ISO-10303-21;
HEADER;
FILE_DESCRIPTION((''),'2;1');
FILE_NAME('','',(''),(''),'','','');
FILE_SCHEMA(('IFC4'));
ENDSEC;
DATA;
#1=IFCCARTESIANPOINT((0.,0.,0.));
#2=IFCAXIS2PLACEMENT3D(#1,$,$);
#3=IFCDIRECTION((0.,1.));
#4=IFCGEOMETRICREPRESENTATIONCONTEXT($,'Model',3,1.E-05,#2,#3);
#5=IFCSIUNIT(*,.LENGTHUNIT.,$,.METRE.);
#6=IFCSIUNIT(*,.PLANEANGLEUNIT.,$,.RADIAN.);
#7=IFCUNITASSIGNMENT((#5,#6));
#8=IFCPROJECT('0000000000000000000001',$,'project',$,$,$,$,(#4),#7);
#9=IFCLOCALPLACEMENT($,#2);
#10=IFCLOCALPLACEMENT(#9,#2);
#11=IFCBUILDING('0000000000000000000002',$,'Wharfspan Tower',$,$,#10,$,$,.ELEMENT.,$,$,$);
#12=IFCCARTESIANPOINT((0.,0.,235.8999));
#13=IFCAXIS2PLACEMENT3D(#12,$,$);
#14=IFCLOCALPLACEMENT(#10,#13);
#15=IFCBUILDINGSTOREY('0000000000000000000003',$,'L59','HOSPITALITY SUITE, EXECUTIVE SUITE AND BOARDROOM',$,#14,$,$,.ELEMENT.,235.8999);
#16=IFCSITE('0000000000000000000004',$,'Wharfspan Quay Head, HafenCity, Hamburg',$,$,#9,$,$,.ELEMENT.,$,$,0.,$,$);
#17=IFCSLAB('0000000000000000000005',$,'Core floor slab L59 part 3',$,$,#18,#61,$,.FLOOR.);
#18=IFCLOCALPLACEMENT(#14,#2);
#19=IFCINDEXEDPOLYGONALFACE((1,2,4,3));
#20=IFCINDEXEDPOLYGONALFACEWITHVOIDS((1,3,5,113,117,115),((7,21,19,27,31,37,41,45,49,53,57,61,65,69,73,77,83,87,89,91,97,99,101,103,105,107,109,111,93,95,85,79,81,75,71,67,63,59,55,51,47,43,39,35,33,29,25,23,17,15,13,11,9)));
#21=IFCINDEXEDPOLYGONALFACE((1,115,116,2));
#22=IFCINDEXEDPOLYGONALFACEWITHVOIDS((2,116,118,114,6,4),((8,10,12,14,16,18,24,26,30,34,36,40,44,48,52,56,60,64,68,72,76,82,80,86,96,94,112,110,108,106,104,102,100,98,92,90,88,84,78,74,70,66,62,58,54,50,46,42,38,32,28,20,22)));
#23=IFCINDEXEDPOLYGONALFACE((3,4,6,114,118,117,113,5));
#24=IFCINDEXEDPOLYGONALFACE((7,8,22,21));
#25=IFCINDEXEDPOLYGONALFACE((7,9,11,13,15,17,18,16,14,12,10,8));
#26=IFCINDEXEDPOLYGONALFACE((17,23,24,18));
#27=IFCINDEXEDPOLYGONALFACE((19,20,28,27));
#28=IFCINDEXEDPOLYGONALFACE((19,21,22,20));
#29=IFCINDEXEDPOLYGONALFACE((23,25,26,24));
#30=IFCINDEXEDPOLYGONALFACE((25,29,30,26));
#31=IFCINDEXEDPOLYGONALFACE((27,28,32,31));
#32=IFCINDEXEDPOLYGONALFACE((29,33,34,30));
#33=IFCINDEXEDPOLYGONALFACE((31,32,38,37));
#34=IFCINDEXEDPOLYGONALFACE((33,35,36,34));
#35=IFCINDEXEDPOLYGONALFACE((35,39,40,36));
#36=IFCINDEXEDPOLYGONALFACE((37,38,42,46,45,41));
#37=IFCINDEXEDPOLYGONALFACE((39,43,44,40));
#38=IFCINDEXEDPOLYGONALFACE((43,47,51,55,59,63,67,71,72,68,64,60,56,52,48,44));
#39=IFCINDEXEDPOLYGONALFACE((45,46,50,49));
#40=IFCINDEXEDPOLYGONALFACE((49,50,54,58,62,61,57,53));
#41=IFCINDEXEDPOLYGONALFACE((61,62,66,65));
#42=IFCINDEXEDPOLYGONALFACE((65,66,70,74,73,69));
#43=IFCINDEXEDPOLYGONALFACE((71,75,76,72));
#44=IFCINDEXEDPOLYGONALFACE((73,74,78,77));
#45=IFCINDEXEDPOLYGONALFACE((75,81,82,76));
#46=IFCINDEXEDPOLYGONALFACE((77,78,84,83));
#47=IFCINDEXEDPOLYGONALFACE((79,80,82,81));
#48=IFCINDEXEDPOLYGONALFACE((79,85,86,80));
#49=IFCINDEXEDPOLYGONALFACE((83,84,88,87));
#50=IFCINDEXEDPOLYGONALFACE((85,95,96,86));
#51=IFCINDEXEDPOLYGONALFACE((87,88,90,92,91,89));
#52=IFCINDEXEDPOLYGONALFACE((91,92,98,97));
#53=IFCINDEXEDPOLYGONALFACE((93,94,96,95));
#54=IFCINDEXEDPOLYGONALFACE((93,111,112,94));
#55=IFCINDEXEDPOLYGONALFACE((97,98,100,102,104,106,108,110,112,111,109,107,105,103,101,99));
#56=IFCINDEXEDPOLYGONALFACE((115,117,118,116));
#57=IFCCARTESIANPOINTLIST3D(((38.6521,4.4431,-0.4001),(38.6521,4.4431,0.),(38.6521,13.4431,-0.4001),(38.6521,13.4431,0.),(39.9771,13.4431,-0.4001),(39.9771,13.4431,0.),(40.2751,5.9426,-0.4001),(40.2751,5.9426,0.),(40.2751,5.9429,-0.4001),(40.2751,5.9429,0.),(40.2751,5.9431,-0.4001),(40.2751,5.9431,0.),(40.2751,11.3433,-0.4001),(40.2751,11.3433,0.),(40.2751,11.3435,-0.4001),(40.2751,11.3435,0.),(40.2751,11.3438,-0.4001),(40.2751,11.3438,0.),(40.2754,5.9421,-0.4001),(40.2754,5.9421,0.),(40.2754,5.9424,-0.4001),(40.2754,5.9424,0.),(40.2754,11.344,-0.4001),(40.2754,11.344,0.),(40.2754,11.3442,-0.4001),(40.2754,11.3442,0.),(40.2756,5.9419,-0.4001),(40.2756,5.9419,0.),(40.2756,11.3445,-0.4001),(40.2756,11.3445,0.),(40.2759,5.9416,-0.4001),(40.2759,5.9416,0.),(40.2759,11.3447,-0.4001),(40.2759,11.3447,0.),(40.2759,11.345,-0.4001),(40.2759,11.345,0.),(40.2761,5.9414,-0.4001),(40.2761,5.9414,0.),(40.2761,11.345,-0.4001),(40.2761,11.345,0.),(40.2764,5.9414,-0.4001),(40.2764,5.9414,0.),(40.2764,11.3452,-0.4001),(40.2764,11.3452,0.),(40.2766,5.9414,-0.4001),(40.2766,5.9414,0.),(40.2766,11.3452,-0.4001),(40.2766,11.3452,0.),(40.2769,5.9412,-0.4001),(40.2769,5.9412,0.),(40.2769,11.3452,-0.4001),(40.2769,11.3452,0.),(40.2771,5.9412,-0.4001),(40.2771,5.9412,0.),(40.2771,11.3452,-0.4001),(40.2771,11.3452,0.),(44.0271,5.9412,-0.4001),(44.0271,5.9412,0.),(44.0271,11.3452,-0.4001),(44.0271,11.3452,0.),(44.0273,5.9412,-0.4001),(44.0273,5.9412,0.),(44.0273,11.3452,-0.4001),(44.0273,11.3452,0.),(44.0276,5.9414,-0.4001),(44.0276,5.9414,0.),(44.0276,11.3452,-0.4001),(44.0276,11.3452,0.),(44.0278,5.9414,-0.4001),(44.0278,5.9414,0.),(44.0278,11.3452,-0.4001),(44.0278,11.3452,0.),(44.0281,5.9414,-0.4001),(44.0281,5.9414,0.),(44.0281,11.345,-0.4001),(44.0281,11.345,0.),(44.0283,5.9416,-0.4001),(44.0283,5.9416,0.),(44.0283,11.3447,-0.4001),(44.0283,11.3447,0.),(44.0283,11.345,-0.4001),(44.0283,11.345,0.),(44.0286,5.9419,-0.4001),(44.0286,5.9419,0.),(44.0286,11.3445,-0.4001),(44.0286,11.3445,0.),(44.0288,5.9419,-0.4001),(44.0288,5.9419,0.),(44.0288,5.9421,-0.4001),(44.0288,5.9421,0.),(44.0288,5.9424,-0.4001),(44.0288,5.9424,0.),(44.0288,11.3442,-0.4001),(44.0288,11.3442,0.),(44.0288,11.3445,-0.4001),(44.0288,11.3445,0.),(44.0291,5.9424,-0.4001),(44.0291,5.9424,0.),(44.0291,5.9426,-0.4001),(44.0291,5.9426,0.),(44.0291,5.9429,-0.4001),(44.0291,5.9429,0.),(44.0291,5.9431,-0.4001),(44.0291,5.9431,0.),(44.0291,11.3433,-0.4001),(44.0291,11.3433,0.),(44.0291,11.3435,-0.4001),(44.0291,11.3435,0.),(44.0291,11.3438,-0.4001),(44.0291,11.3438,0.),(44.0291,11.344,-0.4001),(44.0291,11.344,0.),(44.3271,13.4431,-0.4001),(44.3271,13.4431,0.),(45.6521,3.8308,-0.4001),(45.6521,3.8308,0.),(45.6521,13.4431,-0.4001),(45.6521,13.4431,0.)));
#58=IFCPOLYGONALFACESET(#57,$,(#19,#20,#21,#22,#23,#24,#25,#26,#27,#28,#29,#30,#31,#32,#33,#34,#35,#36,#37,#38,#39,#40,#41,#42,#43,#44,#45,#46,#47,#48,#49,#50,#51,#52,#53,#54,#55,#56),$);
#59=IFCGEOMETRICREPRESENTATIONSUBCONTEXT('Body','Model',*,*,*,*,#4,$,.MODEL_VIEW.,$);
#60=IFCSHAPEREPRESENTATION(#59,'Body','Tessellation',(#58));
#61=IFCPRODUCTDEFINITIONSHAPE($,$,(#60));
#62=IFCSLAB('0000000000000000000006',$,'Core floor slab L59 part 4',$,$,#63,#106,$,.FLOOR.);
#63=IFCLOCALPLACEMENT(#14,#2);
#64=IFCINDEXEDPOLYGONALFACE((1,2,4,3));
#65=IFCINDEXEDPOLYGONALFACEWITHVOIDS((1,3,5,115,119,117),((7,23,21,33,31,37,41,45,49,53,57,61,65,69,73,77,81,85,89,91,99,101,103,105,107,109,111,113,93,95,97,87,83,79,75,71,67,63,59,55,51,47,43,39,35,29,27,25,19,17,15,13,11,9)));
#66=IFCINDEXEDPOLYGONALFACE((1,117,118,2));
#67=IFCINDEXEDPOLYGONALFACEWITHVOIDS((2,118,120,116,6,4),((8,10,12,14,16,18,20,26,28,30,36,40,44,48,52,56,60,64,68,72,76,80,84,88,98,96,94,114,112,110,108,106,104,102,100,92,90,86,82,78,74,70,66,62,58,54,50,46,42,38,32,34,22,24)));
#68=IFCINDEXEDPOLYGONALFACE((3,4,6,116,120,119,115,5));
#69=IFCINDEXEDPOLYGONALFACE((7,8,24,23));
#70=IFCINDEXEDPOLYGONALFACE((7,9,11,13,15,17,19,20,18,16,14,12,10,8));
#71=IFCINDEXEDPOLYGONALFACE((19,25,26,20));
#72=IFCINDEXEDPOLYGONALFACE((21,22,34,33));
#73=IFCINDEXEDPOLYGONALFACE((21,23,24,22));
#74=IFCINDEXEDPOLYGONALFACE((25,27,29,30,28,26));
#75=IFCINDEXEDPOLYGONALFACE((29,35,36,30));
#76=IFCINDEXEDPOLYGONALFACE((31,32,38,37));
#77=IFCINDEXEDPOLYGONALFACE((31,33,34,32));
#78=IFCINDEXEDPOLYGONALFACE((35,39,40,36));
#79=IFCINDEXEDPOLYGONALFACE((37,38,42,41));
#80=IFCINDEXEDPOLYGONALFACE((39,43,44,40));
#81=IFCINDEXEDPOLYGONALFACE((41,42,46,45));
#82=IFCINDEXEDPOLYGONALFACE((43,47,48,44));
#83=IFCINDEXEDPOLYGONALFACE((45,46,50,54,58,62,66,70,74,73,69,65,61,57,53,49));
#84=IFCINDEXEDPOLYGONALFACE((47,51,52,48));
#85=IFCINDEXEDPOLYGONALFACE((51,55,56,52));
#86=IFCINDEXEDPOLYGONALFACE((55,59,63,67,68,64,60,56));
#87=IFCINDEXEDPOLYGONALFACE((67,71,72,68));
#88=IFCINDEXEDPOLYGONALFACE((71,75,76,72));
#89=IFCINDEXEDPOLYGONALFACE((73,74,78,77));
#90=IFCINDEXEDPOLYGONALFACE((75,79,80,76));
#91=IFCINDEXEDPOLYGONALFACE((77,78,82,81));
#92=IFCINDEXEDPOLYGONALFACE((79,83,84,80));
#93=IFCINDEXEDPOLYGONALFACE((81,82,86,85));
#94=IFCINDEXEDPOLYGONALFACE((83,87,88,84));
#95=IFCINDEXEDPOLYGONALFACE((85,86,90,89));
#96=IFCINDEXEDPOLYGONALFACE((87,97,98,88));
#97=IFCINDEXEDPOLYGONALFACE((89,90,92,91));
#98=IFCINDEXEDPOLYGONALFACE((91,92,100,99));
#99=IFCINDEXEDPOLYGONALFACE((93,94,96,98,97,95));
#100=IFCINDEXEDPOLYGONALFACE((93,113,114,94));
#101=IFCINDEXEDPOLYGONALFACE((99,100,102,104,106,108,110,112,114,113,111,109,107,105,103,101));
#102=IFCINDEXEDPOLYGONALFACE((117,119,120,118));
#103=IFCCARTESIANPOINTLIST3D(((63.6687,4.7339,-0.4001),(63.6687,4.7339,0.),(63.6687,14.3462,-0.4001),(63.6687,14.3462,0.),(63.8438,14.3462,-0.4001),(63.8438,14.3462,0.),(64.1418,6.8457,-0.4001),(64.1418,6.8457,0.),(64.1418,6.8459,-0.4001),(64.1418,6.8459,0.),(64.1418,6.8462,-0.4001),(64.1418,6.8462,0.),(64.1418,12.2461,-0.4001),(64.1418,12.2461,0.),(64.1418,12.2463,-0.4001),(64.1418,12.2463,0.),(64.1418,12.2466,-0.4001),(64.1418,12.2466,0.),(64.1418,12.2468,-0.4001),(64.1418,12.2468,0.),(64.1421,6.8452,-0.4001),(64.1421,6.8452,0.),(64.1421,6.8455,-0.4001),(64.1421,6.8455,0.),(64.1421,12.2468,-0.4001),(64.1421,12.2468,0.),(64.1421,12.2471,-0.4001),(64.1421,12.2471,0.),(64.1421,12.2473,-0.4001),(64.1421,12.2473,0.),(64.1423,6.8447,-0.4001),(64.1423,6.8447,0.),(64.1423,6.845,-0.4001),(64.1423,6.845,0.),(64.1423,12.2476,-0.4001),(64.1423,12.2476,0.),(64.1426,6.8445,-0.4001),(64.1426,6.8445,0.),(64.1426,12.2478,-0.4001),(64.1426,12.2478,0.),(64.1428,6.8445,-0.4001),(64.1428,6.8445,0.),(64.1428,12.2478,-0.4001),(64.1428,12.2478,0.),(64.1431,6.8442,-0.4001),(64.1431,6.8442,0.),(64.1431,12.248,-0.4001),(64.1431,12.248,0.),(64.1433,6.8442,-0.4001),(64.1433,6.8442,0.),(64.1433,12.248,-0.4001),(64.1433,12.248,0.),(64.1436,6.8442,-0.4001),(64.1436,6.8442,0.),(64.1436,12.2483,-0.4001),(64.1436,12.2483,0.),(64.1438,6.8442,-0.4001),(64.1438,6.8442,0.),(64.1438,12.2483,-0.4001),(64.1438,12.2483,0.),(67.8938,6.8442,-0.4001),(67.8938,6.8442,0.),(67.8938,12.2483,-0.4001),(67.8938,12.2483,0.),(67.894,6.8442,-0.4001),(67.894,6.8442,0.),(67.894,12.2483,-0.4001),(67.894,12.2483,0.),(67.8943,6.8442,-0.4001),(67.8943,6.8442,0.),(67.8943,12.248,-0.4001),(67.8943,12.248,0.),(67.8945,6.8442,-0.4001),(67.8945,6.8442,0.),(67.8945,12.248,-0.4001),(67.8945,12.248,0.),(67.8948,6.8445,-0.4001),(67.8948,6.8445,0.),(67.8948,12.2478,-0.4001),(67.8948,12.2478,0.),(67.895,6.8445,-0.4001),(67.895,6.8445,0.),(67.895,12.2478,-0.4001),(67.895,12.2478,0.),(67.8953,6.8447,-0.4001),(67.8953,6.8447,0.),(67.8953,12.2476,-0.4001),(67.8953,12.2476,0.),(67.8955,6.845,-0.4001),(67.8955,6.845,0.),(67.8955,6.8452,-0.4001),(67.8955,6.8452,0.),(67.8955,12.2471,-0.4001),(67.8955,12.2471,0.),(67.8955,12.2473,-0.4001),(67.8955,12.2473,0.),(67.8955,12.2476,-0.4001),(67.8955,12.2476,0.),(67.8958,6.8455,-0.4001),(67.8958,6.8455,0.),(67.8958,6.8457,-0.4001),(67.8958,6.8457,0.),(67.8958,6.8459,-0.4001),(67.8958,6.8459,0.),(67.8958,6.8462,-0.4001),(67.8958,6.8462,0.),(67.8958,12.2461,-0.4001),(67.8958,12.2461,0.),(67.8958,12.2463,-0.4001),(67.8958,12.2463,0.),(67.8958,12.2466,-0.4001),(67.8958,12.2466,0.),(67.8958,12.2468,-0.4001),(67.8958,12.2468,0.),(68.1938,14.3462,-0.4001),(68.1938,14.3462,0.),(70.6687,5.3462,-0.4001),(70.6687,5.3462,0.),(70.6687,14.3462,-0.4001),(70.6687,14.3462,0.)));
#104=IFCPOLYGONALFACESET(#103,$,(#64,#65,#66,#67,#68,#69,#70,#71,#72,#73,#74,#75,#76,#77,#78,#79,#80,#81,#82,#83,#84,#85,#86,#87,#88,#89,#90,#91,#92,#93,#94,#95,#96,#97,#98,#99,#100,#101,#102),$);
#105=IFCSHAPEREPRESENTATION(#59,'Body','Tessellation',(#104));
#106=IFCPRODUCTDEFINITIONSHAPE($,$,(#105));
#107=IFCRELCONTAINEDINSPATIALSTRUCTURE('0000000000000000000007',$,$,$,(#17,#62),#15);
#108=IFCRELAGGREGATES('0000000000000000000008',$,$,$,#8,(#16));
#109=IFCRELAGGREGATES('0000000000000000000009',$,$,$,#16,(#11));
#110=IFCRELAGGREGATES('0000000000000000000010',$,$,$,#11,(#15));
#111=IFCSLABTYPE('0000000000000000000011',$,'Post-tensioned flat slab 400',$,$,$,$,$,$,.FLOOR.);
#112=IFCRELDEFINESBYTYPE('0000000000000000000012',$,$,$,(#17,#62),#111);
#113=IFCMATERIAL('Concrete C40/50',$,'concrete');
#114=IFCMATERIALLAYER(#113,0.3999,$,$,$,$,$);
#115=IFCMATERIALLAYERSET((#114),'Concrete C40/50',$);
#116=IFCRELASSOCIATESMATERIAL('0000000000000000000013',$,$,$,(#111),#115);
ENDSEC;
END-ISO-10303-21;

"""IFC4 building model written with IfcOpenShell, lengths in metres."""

from ifc_helpers import new_model, si_unit, direction, frame, origin, place, context, subcontext, project, spatial, polyline, outline, extrude, material, layer, layer_set, type_object, element, save


model = new_model("IFC4")

# Units and contexts
model_context = context("Model", 3, precision=1e-05, world=origin(), true_north=direction((0.0, 1.0)))
body_context = subcontext(model_context, "Body", "Model", "MODEL_VIEW")
ifc_project = project(units=[si_unit("LENGTHUNIT", "METRE"), si_unit("PLANEANGLEUNIT", "RADIAN")], contexts=[model_context])

# Site, building, storey
site_placement = place(None, origin())
site = spatial("IfcSite", under=ifc_project, at=site_placement, Name="Wharfspan Quay Head, HafenCity, Hamburg", CompositionType="ELEMENT", RefElevation=0.0)
building_placement = place(site_placement, origin())
building = spatial("IfcBuilding", under=site, at=building_placement, Name="Wharfspan Tower", CompositionType="ELEMENT")
storey_placement = place(building_placement, frame((0.0, 0.0, 235.8999)))
storey = spatial("IfcBuildingStorey", under=building, at=storey_placement, Name="L59", Description="HOSPITALITY SUITE, EXECUTIVE SUITE AND BOARDROOM", CompositionType="ELEMENT", Elevation=235.8999)

# Slabs
ifc_material_1 = material(Name="Concrete C40/50", Category="concrete")
ifc_layer_1 = layer(ifc_material_1, 0.3999)
ifc_layer_set_1 = layer_set([ifc_layer_1], Name="Concrete C40/50")
slab_type_1 = type_object("IfcSlabType", Name="Post-tensioned flat slab 400", PredefinedType="FLOOR", material=ifc_layer_set_1)
slab_1_placement = place(storey_placement, frame((0.0, 0.0, -0.4001)))
element("IfcSlab", 1, at=slab_1_placement, inside=storey, type_object=slab_type_1, Name="Core floor slab L59 part 3", PredefinedType="FLOOR", context=body_context, shape_type="SweptSolid", body=[
    extrude(outline(polyline([(44.3271, 13.4431), (39.9771, 13.4431), (38.6521, 13.4431), (38.6521, 4.4431), (45.6521, 3.8308), (45.6521, 13.4431), (44.3271, 13.4431)]), holes=[polyline([(40.2751, 11.3433), (40.2751, 11.3435), (40.2751, 11.3435), (40.2751, 11.3438), (40.2754, 11.344), (40.2754, 11.3442), (40.2754, 11.3442), (40.2756, 11.3445), (40.2756, 11.3445), (40.2759, 11.3447), (40.2759, 11.345), (40.2761, 11.345), (40.2764, 11.3452), (40.2766, 11.3452), (40.2766, 11.3452), (40.2769, 11.3452), (40.2771, 11.3452), (44.0271, 11.3452), (44.0273, 11.3452), (44.0276, 11.3452), (44.0276, 11.3452), (44.0278, 11.3452), (44.0281, 11.345), (44.0283, 11.345), (44.0283, 11.3447), (44.0286, 11.3445), (44.0288, 11.3445), (44.0288, 11.3442), (44.0288, 11.3442), (44.0291, 11.344), (44.0291, 11.3438), (44.0291, 11.3435), (44.0291, 11.3435), (44.0291, 11.3433), (44.0291, 5.9431), (44.0291, 5.9431), (44.0291, 5.9429), (44.0291, 5.9426), (44.0291, 5.9424), (44.0288, 5.9424), (44.0288, 5.9421), (44.0288, 5.9419), (44.0286, 5.9419), (44.0283, 5.9417), (44.0283, 5.9417), (44.0281, 5.9414), (44.0278, 5.9414), (44.0276, 5.9414), (44.0276, 5.9414), (44.0273, 5.9412), (44.0271, 5.9412), (40.2771, 5.9412), (40.2769, 5.9412), (40.2766, 5.9414), (40.2766, 5.9414), (40.2764, 5.9414), (40.2761, 5.9414), (40.2759, 5.9417), (40.2759, 5.9417), (40.2756, 5.9419), (40.2756, 5.9419), (40.2754, 5.9421), (40.2754, 5.9424), (40.2754, 5.9424), (40.2751, 5.9426), (40.2751, 5.9429), (40.2751, 5.9431), (40.2751, 5.9431), (40.2751, 11.3433)])]), origin(), (0.0, 0.0, 1.0), 0.4001),
])
slab_2_placement = place(storey_placement, frame((0.0, 0.0, -0.4001)))
element("IfcSlab", 2, at=slab_2_placement, inside=storey, type_object=slab_type_1, Name="Core floor slab L59 part 4", PredefinedType="FLOOR", context=body_context, shape_type="SweptSolid", body=[
    extrude(outline(polyline([(70.6687, 14.3462), (68.1938, 14.3462), (63.8438, 14.3462), (63.6687, 14.3462), (63.6687, 4.7339), (70.6687, 5.3462), (70.6687, 14.3462)]), holes=[polyline([(64.1418, 12.2461), (64.1418, 12.2463), (64.1418, 12.2466), (64.1418, 12.2468), (64.1421, 12.2468), (64.1421, 12.2471), (64.1421, 12.2473), (64.1423, 12.2476), (64.1423, 12.2476), (64.1426, 12.2478), (64.1426, 12.2478), (64.1428, 12.2478), (64.1431, 12.248), (64.1433, 12.248), (64.1433, 12.248), (64.1436, 12.2483), (64.1438, 12.2483), (67.8938, 12.2483), (67.894, 12.2483), (67.8943, 12.248), (67.8943, 12.248), (67.8945, 12.248), (67.8948, 12.2478), (67.895, 12.2478), (67.895, 12.2478), (67.8953, 12.2476), (67.8955, 12.2476), (67.8955, 12.2473), (67.8955, 12.2471), (67.8958, 12.2468), (67.8958, 12.2468), (67.8958, 12.2466), (67.8958, 12.2463), (67.8958, 12.2461), (67.8958, 6.8462), (67.8958, 6.8459), (67.8958, 6.8457), (67.8958, 6.8457), (67.8958, 6.8455), (67.8955, 6.8452), (67.8955, 6.8452), (67.8955, 6.845), (67.8953, 6.8447), (67.895, 6.8445), (67.895, 6.8445), (67.8948, 6.8445), (67.8945, 6.8442), (67.8943, 6.8442), (67.8943, 6.8442), (67.894, 6.8442), (67.8938, 6.8442), (64.1438, 6.8442), (64.1436, 6.8442), (64.1433, 6.8442), (64.1433, 6.8442), (64.1431, 6.8442), (64.1428, 6.8445), (64.1426, 6.8445), (64.1426, 6.8445), (64.1423, 6.8447), (64.1423, 6.845), (64.1421, 6.8452), (64.1421, 6.8452), (64.1421, 6.8455), (64.1418, 6.8457), (64.1418, 6.8457), (64.1418, 6.8459), (64.1418, 6.8462), (64.1418, 12.2461)])]), origin(), (0.0, 0.0, 1.0), 0.4001),
])

save(model, "model.ifc")
